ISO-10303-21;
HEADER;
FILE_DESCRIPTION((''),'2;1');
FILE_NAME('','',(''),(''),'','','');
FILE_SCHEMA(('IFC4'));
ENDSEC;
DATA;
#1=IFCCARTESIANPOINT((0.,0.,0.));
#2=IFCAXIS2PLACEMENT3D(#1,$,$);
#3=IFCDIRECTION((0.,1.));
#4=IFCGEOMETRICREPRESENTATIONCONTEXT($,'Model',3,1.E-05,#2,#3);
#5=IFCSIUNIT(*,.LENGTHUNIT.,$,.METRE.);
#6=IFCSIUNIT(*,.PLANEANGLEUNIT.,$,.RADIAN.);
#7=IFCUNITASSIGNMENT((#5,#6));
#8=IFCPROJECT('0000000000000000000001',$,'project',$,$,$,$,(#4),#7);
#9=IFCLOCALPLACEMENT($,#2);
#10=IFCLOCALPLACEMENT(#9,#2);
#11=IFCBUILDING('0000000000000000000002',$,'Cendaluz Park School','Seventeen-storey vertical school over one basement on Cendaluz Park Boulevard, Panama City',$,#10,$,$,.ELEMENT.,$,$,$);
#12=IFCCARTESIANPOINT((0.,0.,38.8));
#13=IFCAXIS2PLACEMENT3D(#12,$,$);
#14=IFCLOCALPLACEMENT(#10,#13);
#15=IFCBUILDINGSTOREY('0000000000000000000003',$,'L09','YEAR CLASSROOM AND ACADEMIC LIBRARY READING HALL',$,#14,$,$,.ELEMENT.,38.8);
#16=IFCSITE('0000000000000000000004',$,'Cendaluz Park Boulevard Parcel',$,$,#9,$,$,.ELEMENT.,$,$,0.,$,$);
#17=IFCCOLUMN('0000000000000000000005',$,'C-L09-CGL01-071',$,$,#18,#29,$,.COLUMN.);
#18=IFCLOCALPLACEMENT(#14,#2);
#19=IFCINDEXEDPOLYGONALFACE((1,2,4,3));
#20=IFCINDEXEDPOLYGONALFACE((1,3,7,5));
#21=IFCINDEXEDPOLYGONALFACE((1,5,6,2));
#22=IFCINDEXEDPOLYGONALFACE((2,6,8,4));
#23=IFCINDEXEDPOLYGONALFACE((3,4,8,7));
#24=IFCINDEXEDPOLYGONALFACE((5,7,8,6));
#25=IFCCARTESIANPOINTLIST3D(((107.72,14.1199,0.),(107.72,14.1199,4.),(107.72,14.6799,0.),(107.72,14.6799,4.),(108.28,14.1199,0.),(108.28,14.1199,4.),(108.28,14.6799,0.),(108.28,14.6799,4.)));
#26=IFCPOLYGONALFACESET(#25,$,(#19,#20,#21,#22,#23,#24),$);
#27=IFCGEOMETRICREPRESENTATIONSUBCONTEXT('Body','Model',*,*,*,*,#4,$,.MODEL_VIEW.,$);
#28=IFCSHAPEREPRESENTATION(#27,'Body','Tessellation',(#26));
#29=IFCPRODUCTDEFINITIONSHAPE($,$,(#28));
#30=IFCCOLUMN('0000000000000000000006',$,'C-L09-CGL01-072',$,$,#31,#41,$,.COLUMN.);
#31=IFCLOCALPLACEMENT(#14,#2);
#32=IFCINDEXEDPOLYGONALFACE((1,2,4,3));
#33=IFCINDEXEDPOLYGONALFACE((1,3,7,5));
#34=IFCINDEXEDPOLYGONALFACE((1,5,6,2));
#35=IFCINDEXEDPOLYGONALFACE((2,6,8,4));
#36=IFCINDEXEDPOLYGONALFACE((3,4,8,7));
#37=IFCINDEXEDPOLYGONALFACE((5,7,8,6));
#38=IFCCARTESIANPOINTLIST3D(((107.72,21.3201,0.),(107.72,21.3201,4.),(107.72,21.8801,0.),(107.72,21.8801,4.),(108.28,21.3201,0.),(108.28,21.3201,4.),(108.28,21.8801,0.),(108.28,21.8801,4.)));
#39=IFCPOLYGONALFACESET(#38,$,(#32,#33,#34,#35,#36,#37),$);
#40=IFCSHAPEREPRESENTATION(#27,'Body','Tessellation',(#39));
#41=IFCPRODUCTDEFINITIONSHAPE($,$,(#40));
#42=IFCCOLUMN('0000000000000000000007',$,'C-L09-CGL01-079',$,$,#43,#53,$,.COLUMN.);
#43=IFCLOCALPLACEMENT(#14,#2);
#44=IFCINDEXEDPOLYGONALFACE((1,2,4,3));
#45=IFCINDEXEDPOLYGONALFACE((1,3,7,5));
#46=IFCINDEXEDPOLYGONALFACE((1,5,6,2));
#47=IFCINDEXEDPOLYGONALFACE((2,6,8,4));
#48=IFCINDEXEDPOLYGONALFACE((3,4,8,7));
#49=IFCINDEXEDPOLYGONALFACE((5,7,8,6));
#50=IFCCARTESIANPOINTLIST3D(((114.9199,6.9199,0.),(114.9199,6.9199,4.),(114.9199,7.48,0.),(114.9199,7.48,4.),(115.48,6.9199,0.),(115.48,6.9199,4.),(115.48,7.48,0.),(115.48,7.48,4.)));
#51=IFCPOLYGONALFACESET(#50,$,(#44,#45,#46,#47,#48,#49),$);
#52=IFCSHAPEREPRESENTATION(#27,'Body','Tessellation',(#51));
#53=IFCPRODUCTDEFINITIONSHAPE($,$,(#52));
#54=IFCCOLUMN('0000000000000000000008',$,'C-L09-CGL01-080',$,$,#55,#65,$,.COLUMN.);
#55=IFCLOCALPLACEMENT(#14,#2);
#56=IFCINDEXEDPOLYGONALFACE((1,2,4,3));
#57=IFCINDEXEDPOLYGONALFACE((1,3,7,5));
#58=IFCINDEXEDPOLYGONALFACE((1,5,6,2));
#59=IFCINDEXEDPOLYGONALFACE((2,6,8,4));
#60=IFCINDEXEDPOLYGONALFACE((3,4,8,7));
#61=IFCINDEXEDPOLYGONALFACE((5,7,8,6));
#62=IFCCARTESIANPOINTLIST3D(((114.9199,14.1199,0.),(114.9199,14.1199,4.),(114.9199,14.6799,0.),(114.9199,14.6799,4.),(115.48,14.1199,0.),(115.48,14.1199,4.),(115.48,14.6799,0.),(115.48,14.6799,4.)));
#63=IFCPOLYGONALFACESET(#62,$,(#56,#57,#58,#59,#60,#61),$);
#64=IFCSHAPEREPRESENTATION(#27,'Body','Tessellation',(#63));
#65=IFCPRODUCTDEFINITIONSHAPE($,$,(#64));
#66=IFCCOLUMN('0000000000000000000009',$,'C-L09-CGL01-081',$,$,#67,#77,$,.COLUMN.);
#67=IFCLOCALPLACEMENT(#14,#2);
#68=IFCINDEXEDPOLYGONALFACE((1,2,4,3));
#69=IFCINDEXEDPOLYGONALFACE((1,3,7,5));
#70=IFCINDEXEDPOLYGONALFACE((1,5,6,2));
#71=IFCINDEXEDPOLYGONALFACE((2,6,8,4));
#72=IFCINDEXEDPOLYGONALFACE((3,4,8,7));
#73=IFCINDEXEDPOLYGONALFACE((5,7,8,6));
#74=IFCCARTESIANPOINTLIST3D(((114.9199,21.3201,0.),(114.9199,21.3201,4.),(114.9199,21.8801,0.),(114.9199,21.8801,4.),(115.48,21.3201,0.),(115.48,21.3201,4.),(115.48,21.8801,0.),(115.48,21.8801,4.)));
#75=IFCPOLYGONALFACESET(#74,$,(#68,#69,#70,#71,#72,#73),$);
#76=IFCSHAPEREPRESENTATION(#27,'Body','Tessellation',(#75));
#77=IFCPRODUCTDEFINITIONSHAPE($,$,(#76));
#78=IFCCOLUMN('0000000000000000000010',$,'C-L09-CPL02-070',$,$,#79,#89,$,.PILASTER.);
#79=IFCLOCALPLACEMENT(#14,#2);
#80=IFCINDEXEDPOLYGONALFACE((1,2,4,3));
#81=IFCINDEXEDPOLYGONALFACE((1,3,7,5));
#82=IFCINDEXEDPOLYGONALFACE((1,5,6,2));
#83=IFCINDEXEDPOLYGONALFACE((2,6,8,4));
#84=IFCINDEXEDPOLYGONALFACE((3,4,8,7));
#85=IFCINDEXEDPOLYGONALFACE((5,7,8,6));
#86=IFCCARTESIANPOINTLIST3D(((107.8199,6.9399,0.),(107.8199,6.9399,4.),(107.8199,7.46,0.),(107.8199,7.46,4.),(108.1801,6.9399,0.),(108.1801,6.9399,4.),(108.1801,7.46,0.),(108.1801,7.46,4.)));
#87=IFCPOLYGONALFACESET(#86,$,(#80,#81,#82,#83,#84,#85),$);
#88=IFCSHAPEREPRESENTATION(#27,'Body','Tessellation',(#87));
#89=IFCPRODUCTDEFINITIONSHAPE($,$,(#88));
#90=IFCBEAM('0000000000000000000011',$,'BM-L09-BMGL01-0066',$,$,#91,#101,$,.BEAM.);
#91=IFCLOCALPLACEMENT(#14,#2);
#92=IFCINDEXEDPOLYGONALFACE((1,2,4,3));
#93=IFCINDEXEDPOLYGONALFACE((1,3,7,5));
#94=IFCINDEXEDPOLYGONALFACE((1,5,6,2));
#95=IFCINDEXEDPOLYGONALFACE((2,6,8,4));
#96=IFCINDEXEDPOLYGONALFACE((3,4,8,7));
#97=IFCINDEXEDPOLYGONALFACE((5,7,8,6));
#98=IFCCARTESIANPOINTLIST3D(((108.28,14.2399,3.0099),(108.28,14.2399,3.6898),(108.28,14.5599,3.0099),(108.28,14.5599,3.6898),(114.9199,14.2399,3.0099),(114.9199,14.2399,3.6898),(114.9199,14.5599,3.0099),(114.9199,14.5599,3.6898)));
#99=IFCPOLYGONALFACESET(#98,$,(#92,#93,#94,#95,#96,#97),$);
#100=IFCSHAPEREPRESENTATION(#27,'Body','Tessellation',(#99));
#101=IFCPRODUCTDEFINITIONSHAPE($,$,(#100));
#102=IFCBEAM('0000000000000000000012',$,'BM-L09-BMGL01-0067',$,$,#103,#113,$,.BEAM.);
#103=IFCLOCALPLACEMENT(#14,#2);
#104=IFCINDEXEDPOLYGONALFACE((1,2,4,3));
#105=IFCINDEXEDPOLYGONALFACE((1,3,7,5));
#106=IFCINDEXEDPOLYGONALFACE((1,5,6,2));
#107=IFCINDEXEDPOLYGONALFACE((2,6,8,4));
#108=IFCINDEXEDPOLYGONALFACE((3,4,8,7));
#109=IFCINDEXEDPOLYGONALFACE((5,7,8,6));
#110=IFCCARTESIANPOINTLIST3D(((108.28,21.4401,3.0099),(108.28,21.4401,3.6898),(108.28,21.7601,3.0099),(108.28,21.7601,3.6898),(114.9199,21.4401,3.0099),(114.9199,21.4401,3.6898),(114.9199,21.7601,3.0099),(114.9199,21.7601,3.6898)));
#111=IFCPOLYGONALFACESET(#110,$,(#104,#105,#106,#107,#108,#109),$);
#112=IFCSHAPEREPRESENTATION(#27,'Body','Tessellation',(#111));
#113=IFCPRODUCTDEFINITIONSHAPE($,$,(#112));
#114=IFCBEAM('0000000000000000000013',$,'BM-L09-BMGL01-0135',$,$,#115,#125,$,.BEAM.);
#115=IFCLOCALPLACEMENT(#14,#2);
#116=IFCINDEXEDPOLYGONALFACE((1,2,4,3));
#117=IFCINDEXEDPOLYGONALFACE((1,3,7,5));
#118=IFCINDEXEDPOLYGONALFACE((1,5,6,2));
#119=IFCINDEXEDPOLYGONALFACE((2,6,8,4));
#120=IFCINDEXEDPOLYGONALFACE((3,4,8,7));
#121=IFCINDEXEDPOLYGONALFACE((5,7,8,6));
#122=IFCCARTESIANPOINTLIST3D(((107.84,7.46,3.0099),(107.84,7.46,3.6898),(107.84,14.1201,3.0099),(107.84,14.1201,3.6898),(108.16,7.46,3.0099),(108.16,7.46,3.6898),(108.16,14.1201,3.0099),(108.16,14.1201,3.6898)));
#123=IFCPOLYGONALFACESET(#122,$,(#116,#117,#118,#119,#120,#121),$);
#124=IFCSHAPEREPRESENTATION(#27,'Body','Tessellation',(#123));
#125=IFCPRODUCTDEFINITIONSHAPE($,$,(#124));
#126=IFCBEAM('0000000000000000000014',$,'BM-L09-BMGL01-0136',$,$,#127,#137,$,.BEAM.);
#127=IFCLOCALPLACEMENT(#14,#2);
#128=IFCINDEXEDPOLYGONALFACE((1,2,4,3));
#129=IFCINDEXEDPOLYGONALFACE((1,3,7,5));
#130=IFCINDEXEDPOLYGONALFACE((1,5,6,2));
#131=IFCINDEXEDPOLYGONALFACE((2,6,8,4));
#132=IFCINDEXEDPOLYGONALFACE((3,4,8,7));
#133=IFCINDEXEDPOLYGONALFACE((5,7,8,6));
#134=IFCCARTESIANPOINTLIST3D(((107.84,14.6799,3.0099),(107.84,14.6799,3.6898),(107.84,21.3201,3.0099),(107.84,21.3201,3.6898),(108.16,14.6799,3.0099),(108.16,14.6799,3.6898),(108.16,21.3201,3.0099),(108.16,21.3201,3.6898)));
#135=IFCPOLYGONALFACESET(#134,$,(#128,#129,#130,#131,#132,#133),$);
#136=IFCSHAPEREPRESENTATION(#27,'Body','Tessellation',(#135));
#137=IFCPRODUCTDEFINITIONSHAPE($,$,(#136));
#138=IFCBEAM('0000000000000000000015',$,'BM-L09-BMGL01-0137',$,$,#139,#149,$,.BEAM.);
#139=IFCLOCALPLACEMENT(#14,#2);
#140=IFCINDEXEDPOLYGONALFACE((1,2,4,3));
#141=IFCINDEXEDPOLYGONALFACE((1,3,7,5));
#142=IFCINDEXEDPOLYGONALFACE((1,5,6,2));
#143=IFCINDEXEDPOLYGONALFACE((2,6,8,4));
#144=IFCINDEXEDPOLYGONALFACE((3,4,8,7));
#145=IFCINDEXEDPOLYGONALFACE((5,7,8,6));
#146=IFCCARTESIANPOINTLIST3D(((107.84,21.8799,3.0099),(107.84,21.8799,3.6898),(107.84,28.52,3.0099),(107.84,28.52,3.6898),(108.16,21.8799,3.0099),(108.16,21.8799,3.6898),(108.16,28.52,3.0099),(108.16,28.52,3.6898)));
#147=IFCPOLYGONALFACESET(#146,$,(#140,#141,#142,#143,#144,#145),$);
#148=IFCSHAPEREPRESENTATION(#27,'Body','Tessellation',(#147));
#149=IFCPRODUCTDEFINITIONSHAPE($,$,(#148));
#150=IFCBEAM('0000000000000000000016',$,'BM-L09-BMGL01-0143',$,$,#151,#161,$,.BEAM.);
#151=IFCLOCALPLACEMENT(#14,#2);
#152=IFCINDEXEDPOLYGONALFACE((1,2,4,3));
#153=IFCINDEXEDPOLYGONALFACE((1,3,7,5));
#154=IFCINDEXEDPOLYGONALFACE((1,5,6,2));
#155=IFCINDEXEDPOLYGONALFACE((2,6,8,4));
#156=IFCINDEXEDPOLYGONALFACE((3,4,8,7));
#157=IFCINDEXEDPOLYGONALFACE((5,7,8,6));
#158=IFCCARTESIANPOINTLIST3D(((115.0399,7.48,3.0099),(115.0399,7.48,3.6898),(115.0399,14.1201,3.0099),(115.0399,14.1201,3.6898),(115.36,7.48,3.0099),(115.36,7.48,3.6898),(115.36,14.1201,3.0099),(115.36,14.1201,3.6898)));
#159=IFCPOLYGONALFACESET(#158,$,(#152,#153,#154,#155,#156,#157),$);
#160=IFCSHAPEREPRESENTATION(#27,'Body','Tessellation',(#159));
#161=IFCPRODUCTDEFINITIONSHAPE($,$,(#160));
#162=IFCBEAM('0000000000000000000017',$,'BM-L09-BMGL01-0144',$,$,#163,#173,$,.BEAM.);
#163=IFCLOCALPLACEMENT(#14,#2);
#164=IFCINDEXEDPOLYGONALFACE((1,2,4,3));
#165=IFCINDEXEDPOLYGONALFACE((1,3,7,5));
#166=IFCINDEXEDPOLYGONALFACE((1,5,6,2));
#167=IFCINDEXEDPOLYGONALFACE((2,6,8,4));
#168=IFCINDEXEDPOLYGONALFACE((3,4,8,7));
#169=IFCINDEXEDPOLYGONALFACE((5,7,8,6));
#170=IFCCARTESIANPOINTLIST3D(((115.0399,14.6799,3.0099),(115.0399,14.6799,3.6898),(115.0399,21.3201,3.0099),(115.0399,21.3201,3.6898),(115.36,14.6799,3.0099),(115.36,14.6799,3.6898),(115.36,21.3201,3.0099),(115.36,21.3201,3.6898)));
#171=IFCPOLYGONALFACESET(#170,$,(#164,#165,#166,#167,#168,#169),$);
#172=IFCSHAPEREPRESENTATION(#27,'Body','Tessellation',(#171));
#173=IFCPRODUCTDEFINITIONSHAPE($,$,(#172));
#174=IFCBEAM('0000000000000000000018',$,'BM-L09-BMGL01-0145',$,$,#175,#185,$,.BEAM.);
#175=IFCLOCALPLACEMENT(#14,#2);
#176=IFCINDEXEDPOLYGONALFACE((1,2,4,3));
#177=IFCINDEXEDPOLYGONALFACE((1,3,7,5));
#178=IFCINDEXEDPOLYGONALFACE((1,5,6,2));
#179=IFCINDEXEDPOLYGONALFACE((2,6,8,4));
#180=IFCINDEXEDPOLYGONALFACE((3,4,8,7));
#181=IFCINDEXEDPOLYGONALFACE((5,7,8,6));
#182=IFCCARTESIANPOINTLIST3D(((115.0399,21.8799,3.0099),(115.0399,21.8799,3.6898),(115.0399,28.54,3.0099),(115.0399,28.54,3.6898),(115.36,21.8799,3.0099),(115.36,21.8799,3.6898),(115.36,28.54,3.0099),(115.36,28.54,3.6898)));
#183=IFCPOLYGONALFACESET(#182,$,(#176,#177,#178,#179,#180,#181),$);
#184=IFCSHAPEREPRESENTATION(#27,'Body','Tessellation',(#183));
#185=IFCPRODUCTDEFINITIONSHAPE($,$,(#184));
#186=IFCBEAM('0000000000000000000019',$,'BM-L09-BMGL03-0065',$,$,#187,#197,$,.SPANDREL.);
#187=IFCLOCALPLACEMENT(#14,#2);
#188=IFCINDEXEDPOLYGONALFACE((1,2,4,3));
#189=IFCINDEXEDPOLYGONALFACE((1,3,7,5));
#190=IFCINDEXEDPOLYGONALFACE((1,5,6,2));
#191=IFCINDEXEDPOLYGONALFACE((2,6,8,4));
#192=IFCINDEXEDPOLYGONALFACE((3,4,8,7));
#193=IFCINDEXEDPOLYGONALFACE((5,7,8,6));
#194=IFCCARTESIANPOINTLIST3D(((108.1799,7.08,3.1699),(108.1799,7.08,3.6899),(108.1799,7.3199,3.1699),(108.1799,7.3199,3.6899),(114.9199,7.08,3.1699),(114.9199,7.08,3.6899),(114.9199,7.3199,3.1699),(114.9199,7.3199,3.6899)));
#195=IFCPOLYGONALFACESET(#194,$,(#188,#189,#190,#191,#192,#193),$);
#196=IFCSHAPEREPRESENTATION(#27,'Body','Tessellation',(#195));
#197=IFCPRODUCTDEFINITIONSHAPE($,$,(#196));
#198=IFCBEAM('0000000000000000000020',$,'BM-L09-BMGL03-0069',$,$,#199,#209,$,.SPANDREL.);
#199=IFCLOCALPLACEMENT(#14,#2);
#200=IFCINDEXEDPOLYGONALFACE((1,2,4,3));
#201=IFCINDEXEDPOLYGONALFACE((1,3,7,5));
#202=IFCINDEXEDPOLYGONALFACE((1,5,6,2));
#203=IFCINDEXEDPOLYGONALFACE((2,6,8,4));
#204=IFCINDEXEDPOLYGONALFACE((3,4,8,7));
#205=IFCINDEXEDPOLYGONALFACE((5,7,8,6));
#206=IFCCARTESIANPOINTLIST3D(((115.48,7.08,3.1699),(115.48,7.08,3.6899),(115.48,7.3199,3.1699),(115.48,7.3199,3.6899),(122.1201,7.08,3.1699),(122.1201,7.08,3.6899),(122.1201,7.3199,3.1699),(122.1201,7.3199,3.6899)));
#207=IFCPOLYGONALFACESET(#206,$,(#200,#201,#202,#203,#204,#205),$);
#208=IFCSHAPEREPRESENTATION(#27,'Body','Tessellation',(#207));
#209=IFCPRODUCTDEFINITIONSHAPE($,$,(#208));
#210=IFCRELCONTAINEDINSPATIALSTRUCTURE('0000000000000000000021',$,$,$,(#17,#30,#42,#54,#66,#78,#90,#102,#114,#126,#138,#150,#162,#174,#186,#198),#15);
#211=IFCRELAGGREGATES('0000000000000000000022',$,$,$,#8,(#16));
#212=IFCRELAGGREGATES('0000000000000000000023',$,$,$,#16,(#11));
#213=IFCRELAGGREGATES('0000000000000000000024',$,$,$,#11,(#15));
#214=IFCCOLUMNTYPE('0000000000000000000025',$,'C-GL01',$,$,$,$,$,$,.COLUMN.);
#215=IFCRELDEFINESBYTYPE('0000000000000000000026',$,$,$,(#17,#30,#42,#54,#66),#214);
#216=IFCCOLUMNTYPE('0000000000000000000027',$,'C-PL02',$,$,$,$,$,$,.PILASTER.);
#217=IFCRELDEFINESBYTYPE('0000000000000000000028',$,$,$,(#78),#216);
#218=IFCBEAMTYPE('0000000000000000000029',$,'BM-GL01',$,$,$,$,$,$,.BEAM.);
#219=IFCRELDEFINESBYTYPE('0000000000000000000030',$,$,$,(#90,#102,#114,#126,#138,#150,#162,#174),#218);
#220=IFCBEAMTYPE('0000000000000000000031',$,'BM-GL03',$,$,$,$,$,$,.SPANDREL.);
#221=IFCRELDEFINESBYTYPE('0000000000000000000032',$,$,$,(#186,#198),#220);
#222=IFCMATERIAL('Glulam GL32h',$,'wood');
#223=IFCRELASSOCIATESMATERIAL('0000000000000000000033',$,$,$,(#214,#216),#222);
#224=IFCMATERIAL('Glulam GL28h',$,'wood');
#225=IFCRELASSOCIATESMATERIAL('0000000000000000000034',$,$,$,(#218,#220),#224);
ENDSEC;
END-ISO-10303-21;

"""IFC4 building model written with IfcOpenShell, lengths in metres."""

from ifc_helpers import new_model, si_unit, direction, frame, origin, origin_2d, place, context, subcontext, project, spatial, rectangle, extrude, material, material_profile, profile_set, type_object, element, save


model = new_model("IFC4")

# Units and contexts
model_context = context("Model", 3, precision=1e-05, world=origin(), true_north=direction((0.0, 1.0)))
body_context = subcontext(model_context, "Body", "Model", "MODEL_VIEW")
ifc_project = project(units=[si_unit("LENGTHUNIT", "METRE"), si_unit("PLANEANGLEUNIT", "RADIAN")], contexts=[model_context])

# Site, building, storey
site_placement = place(None, origin())
site = spatial("IfcSite", under=ifc_project, at=site_placement, Name="Cendaluz Park Boulevard Parcel", CompositionType="ELEMENT", RefElevation=0.0)
building_placement = place(site_placement, origin())
building = spatial("IfcBuilding", under=site, at=building_placement, Name="Cendaluz Park School", Description="Seventeen-storey vertical school over one basement on Cendaluz Park Boulevard, Panama City", CompositionType="ELEMENT")
storey_placement = place(building_placement, frame((0.0, 0.0, 38.8)))
storey = spatial("IfcBuildingStorey", under=building, at=storey_placement, Name="L09", Description="YEAR CLASSROOM AND ACADEMIC LIBRARY READING HALL", CompositionType="ELEMENT", Elevation=38.8)

# Columns
ifc_material_1 = material(Name="Glulam GL32h", Category="wood")
ifc_material_profile_1 = material_profile(ifc_material_1, rectangle(XDim=0.5601, YDim=0.5601, at=origin_2d()), Name="GL32h 560x560", Category="wood")
ifc_profile_set_1 = profile_set([ifc_material_profile_1], Name="Glulam GL32h")
column_type_1 = type_object("IfcColumnType", Name="C-GL01", PredefinedType="COLUMN", material=ifc_profile_set_1)
for number, where, z_axis, x_axis, name in (
    (1, (108.0, 14.3999, 0.0), (0.0, 0.0, 1.0), (1.0, 0.0, 0.0), "C-L09-CGL01-071"),
    (2, (108.0, 21.6001, 0.0), (0.0, 0.0, 1.0), (1.0, 0.0, 0.0), "C-L09-CGL01-072"),
    (3, (115.2, 7.2, 0.0), (0.0, 0.0, 1.0), (1.0, 0.0, 0.0), "C-L09-CGL01-079"),
    (4, (115.2, 14.3999, 0.0), (0.0, 0.0, 1.0), (1.0, 0.0, 0.0), "C-L09-CGL01-080"),
    (5, (115.2, 21.6001, 0.0), (0.0, 0.0, 1.0), (1.0, 0.0, 0.0), "C-L09-CGL01-081"),
):
    element("IfcColumn", number, at=place(storey_placement, frame(where, z_axis=z_axis, x_axis=x_axis)), inside=storey, type_object=column_type_1, Name=name, PredefinedType="COLUMN", context=body_context, shape_type="SweptSolid", body=[
        extrude(rectangle(XDim=0.5601, YDim=0.5601, at=origin_2d()), origin(), (0.0, 0.0, 1.0), 4.0),
    ])
ifc_material_profile_2 = material_profile(ifc_material_1, rectangle(XDim=0.3601, YDim=0.52, at=origin_2d()), Name="GL32h 360x520", Category="wood")
ifc_profile_set_2 = profile_set([ifc_material_profile_2], Name="Glulam GL32h")
column_type_2 = type_object("IfcColumnType", Name="C-PL02", PredefinedType="PILASTER", material=ifc_profile_set_2)
column_placement = place(storey_placement, frame((108.0, 7.2, 0.0), z_axis=(0.0, 0.0, 1.0), x_axis=(1.0, 0.0, 0.0)))
element("IfcColumn", 6, at=column_placement, inside=storey, type_object=column_type_2, Name="C-L09-CPL02-070", PredefinedType="PILASTER", context=body_context, shape_type="SweptSolid", body=[
    extrude(rectangle(XDim=0.3601, YDim=0.52, at=origin_2d()), origin(), (0.0, 0.0, 1.0), 4.0),
])

# Beams
ifc_material_2 = material(Name="Glulam GL28h", Category="wood")
ifc_material_profile_3 = material_profile(ifc_material_2, rectangle(XDim=0.3201, YDim=0.6799, at=origin_2d()), Name="GL28h 320x680", Category="wood")
ifc_profile_set_3 = profile_set([ifc_material_profile_3], Name="Glulam GL28h")
beam_type_1 = type_object("IfcBeamType", Name="BM-GL01", PredefinedType="BEAM", material=ifc_profile_set_3)
for number, where, z_axis, x_axis, name in (
    (7, (108.28, 14.3999, 3.3499), (1.0, 0.0, 0.0), (0.0, 1.0, 0.0), "BM-L09-BMGL01-0066"),
    (8, (108.28, 21.6001, 3.3499), (1.0, 0.0, 0.0), (0.0, 1.0, 0.0), "BM-L09-BMGL01-0067"),
):
    element("IfcBeam", number, at=place(storey_placement, frame(where, z_axis=z_axis, x_axis=x_axis)), inside=storey, type_object=beam_type_1, Name=name, PredefinedType="BEAM", context=body_context, shape_type="SweptSolid", body=[
        extrude(rectangle(XDim=0.3201, YDim=0.6799, at=origin_2d()), origin(), (0.0, 0.0, 1.0), 6.6399),
    ])
beam_1_placement = place(storey_placement, frame((108.0, 7.46, 3.3499), z_axis=(0.0, 1.0, 0.0), x_axis=(-1.0, 0.0, 0.0)))
element("IfcBeam", 9, at=beam_1_placement, inside=storey, type_object=beam_type_1, Name="BM-L09-BMGL01-0135", PredefinedType="BEAM", context=body_context, shape_type="SweptSolid", body=[
    extrude(rectangle(XDim=0.3201, YDim=0.6799, at=origin_2d()), origin(), (0.0, 0.0, 1.0), 6.6602),
])
for number, where, z_axis, x_axis, name in (
    (10, (108.0, 14.6799, 3.3499), (0.0, 1.0, 0.0), (-1.0, 0.0, 0.0), "BM-L09-BMGL01-0136"),
    (11, (108.0, 21.8799, 3.3499), (0.0, 1.0, 0.0), (-1.0, 0.0, 0.0), "BM-L09-BMGL01-0137"),
    (12, (115.2, 7.48, 3.3499), (0.0, 1.0, 0.0), (-1.0, 0.0, 0.0), "BM-L09-BMGL01-0143"),
    (13, (115.2, 14.6799, 3.3499), (0.0, 1.0, 0.0), (-1.0, 0.0, 0.0), "BM-L09-BMGL01-0144"),
):
    element("IfcBeam", number, at=place(storey_placement, frame(where, z_axis=z_axis, x_axis=x_axis)), inside=storey, type_object=beam_type_1, Name=name, PredefinedType="BEAM", context=body_context, shape_type="SweptSolid", body=[
        extrude(rectangle(XDim=0.3201, YDim=0.6799, at=origin_2d()), origin(), (0.0, 0.0, 1.0), 6.6401),
    ])
beam_2_placement = place(storey_placement, frame((115.2, 21.8799, 3.3499), z_axis=(0.0, 1.0, 0.0), x_axis=(-1.0, 0.0, 0.0)))
element("IfcBeam", 14, at=beam_2_placement, inside=storey, type_object=beam_type_1, Name="BM-L09-BMGL01-0145", PredefinedType="BEAM", context=body_context, shape_type="SweptSolid", body=[
    extrude(rectangle(XDim=0.3201, YDim=0.6799, at=origin_2d()), origin(), (0.0, 0.0, 1.0), 6.6602),
])
ifc_material_profile_4 = material_profile(ifc_material_2, rectangle(XDim=0.24, YDim=0.52, at=origin_2d()), Name="GL28h 240x520", Category="wood")
ifc_profile_set_4 = profile_set([ifc_material_profile_4], Name="Glulam GL28h")
beam_type_2 = type_object("IfcBeamType", Name="BM-GL03", PredefinedType="SPANDREL", material=ifc_profile_set_4)
beam_3_placement = place(storey_placement, frame((108.1799, 7.2, 3.4299), z_axis=(1.0, 0.0, 0.0), x_axis=(0.0, 1.0, 0.0)))
element("IfcBeam", 15, at=beam_3_placement, inside=storey, type_object=beam_type_2, Name="BM-L09-BMGL03-0065", PredefinedType="SPANDREL", context=body_context, shape_type="SweptSolid", body=[
    extrude(rectangle(XDim=0.24, YDim=0.52, at=origin_2d()), origin(), (0.0, 0.0, 1.0), 6.74),
])
beam_4_placement = place(storey_placement, frame((115.48, 7.2, 3.4299), z_axis=(1.0, 0.0, 0.0), x_axis=(0.0, 1.0, 0.0)))
element("IfcBeam", 16, at=beam_4_placement, inside=storey, type_object=beam_type_2, Name="BM-L09-BMGL03-0069", PredefinedType="SPANDREL", context=body_context, shape_type="SweptSolid", body=[
    extrude(rectangle(XDim=0.24, YDim=0.52, at=origin_2d()), origin(), (0.0, 0.0, 1.0), 6.6401),
])

save(model, "model.ifc")
